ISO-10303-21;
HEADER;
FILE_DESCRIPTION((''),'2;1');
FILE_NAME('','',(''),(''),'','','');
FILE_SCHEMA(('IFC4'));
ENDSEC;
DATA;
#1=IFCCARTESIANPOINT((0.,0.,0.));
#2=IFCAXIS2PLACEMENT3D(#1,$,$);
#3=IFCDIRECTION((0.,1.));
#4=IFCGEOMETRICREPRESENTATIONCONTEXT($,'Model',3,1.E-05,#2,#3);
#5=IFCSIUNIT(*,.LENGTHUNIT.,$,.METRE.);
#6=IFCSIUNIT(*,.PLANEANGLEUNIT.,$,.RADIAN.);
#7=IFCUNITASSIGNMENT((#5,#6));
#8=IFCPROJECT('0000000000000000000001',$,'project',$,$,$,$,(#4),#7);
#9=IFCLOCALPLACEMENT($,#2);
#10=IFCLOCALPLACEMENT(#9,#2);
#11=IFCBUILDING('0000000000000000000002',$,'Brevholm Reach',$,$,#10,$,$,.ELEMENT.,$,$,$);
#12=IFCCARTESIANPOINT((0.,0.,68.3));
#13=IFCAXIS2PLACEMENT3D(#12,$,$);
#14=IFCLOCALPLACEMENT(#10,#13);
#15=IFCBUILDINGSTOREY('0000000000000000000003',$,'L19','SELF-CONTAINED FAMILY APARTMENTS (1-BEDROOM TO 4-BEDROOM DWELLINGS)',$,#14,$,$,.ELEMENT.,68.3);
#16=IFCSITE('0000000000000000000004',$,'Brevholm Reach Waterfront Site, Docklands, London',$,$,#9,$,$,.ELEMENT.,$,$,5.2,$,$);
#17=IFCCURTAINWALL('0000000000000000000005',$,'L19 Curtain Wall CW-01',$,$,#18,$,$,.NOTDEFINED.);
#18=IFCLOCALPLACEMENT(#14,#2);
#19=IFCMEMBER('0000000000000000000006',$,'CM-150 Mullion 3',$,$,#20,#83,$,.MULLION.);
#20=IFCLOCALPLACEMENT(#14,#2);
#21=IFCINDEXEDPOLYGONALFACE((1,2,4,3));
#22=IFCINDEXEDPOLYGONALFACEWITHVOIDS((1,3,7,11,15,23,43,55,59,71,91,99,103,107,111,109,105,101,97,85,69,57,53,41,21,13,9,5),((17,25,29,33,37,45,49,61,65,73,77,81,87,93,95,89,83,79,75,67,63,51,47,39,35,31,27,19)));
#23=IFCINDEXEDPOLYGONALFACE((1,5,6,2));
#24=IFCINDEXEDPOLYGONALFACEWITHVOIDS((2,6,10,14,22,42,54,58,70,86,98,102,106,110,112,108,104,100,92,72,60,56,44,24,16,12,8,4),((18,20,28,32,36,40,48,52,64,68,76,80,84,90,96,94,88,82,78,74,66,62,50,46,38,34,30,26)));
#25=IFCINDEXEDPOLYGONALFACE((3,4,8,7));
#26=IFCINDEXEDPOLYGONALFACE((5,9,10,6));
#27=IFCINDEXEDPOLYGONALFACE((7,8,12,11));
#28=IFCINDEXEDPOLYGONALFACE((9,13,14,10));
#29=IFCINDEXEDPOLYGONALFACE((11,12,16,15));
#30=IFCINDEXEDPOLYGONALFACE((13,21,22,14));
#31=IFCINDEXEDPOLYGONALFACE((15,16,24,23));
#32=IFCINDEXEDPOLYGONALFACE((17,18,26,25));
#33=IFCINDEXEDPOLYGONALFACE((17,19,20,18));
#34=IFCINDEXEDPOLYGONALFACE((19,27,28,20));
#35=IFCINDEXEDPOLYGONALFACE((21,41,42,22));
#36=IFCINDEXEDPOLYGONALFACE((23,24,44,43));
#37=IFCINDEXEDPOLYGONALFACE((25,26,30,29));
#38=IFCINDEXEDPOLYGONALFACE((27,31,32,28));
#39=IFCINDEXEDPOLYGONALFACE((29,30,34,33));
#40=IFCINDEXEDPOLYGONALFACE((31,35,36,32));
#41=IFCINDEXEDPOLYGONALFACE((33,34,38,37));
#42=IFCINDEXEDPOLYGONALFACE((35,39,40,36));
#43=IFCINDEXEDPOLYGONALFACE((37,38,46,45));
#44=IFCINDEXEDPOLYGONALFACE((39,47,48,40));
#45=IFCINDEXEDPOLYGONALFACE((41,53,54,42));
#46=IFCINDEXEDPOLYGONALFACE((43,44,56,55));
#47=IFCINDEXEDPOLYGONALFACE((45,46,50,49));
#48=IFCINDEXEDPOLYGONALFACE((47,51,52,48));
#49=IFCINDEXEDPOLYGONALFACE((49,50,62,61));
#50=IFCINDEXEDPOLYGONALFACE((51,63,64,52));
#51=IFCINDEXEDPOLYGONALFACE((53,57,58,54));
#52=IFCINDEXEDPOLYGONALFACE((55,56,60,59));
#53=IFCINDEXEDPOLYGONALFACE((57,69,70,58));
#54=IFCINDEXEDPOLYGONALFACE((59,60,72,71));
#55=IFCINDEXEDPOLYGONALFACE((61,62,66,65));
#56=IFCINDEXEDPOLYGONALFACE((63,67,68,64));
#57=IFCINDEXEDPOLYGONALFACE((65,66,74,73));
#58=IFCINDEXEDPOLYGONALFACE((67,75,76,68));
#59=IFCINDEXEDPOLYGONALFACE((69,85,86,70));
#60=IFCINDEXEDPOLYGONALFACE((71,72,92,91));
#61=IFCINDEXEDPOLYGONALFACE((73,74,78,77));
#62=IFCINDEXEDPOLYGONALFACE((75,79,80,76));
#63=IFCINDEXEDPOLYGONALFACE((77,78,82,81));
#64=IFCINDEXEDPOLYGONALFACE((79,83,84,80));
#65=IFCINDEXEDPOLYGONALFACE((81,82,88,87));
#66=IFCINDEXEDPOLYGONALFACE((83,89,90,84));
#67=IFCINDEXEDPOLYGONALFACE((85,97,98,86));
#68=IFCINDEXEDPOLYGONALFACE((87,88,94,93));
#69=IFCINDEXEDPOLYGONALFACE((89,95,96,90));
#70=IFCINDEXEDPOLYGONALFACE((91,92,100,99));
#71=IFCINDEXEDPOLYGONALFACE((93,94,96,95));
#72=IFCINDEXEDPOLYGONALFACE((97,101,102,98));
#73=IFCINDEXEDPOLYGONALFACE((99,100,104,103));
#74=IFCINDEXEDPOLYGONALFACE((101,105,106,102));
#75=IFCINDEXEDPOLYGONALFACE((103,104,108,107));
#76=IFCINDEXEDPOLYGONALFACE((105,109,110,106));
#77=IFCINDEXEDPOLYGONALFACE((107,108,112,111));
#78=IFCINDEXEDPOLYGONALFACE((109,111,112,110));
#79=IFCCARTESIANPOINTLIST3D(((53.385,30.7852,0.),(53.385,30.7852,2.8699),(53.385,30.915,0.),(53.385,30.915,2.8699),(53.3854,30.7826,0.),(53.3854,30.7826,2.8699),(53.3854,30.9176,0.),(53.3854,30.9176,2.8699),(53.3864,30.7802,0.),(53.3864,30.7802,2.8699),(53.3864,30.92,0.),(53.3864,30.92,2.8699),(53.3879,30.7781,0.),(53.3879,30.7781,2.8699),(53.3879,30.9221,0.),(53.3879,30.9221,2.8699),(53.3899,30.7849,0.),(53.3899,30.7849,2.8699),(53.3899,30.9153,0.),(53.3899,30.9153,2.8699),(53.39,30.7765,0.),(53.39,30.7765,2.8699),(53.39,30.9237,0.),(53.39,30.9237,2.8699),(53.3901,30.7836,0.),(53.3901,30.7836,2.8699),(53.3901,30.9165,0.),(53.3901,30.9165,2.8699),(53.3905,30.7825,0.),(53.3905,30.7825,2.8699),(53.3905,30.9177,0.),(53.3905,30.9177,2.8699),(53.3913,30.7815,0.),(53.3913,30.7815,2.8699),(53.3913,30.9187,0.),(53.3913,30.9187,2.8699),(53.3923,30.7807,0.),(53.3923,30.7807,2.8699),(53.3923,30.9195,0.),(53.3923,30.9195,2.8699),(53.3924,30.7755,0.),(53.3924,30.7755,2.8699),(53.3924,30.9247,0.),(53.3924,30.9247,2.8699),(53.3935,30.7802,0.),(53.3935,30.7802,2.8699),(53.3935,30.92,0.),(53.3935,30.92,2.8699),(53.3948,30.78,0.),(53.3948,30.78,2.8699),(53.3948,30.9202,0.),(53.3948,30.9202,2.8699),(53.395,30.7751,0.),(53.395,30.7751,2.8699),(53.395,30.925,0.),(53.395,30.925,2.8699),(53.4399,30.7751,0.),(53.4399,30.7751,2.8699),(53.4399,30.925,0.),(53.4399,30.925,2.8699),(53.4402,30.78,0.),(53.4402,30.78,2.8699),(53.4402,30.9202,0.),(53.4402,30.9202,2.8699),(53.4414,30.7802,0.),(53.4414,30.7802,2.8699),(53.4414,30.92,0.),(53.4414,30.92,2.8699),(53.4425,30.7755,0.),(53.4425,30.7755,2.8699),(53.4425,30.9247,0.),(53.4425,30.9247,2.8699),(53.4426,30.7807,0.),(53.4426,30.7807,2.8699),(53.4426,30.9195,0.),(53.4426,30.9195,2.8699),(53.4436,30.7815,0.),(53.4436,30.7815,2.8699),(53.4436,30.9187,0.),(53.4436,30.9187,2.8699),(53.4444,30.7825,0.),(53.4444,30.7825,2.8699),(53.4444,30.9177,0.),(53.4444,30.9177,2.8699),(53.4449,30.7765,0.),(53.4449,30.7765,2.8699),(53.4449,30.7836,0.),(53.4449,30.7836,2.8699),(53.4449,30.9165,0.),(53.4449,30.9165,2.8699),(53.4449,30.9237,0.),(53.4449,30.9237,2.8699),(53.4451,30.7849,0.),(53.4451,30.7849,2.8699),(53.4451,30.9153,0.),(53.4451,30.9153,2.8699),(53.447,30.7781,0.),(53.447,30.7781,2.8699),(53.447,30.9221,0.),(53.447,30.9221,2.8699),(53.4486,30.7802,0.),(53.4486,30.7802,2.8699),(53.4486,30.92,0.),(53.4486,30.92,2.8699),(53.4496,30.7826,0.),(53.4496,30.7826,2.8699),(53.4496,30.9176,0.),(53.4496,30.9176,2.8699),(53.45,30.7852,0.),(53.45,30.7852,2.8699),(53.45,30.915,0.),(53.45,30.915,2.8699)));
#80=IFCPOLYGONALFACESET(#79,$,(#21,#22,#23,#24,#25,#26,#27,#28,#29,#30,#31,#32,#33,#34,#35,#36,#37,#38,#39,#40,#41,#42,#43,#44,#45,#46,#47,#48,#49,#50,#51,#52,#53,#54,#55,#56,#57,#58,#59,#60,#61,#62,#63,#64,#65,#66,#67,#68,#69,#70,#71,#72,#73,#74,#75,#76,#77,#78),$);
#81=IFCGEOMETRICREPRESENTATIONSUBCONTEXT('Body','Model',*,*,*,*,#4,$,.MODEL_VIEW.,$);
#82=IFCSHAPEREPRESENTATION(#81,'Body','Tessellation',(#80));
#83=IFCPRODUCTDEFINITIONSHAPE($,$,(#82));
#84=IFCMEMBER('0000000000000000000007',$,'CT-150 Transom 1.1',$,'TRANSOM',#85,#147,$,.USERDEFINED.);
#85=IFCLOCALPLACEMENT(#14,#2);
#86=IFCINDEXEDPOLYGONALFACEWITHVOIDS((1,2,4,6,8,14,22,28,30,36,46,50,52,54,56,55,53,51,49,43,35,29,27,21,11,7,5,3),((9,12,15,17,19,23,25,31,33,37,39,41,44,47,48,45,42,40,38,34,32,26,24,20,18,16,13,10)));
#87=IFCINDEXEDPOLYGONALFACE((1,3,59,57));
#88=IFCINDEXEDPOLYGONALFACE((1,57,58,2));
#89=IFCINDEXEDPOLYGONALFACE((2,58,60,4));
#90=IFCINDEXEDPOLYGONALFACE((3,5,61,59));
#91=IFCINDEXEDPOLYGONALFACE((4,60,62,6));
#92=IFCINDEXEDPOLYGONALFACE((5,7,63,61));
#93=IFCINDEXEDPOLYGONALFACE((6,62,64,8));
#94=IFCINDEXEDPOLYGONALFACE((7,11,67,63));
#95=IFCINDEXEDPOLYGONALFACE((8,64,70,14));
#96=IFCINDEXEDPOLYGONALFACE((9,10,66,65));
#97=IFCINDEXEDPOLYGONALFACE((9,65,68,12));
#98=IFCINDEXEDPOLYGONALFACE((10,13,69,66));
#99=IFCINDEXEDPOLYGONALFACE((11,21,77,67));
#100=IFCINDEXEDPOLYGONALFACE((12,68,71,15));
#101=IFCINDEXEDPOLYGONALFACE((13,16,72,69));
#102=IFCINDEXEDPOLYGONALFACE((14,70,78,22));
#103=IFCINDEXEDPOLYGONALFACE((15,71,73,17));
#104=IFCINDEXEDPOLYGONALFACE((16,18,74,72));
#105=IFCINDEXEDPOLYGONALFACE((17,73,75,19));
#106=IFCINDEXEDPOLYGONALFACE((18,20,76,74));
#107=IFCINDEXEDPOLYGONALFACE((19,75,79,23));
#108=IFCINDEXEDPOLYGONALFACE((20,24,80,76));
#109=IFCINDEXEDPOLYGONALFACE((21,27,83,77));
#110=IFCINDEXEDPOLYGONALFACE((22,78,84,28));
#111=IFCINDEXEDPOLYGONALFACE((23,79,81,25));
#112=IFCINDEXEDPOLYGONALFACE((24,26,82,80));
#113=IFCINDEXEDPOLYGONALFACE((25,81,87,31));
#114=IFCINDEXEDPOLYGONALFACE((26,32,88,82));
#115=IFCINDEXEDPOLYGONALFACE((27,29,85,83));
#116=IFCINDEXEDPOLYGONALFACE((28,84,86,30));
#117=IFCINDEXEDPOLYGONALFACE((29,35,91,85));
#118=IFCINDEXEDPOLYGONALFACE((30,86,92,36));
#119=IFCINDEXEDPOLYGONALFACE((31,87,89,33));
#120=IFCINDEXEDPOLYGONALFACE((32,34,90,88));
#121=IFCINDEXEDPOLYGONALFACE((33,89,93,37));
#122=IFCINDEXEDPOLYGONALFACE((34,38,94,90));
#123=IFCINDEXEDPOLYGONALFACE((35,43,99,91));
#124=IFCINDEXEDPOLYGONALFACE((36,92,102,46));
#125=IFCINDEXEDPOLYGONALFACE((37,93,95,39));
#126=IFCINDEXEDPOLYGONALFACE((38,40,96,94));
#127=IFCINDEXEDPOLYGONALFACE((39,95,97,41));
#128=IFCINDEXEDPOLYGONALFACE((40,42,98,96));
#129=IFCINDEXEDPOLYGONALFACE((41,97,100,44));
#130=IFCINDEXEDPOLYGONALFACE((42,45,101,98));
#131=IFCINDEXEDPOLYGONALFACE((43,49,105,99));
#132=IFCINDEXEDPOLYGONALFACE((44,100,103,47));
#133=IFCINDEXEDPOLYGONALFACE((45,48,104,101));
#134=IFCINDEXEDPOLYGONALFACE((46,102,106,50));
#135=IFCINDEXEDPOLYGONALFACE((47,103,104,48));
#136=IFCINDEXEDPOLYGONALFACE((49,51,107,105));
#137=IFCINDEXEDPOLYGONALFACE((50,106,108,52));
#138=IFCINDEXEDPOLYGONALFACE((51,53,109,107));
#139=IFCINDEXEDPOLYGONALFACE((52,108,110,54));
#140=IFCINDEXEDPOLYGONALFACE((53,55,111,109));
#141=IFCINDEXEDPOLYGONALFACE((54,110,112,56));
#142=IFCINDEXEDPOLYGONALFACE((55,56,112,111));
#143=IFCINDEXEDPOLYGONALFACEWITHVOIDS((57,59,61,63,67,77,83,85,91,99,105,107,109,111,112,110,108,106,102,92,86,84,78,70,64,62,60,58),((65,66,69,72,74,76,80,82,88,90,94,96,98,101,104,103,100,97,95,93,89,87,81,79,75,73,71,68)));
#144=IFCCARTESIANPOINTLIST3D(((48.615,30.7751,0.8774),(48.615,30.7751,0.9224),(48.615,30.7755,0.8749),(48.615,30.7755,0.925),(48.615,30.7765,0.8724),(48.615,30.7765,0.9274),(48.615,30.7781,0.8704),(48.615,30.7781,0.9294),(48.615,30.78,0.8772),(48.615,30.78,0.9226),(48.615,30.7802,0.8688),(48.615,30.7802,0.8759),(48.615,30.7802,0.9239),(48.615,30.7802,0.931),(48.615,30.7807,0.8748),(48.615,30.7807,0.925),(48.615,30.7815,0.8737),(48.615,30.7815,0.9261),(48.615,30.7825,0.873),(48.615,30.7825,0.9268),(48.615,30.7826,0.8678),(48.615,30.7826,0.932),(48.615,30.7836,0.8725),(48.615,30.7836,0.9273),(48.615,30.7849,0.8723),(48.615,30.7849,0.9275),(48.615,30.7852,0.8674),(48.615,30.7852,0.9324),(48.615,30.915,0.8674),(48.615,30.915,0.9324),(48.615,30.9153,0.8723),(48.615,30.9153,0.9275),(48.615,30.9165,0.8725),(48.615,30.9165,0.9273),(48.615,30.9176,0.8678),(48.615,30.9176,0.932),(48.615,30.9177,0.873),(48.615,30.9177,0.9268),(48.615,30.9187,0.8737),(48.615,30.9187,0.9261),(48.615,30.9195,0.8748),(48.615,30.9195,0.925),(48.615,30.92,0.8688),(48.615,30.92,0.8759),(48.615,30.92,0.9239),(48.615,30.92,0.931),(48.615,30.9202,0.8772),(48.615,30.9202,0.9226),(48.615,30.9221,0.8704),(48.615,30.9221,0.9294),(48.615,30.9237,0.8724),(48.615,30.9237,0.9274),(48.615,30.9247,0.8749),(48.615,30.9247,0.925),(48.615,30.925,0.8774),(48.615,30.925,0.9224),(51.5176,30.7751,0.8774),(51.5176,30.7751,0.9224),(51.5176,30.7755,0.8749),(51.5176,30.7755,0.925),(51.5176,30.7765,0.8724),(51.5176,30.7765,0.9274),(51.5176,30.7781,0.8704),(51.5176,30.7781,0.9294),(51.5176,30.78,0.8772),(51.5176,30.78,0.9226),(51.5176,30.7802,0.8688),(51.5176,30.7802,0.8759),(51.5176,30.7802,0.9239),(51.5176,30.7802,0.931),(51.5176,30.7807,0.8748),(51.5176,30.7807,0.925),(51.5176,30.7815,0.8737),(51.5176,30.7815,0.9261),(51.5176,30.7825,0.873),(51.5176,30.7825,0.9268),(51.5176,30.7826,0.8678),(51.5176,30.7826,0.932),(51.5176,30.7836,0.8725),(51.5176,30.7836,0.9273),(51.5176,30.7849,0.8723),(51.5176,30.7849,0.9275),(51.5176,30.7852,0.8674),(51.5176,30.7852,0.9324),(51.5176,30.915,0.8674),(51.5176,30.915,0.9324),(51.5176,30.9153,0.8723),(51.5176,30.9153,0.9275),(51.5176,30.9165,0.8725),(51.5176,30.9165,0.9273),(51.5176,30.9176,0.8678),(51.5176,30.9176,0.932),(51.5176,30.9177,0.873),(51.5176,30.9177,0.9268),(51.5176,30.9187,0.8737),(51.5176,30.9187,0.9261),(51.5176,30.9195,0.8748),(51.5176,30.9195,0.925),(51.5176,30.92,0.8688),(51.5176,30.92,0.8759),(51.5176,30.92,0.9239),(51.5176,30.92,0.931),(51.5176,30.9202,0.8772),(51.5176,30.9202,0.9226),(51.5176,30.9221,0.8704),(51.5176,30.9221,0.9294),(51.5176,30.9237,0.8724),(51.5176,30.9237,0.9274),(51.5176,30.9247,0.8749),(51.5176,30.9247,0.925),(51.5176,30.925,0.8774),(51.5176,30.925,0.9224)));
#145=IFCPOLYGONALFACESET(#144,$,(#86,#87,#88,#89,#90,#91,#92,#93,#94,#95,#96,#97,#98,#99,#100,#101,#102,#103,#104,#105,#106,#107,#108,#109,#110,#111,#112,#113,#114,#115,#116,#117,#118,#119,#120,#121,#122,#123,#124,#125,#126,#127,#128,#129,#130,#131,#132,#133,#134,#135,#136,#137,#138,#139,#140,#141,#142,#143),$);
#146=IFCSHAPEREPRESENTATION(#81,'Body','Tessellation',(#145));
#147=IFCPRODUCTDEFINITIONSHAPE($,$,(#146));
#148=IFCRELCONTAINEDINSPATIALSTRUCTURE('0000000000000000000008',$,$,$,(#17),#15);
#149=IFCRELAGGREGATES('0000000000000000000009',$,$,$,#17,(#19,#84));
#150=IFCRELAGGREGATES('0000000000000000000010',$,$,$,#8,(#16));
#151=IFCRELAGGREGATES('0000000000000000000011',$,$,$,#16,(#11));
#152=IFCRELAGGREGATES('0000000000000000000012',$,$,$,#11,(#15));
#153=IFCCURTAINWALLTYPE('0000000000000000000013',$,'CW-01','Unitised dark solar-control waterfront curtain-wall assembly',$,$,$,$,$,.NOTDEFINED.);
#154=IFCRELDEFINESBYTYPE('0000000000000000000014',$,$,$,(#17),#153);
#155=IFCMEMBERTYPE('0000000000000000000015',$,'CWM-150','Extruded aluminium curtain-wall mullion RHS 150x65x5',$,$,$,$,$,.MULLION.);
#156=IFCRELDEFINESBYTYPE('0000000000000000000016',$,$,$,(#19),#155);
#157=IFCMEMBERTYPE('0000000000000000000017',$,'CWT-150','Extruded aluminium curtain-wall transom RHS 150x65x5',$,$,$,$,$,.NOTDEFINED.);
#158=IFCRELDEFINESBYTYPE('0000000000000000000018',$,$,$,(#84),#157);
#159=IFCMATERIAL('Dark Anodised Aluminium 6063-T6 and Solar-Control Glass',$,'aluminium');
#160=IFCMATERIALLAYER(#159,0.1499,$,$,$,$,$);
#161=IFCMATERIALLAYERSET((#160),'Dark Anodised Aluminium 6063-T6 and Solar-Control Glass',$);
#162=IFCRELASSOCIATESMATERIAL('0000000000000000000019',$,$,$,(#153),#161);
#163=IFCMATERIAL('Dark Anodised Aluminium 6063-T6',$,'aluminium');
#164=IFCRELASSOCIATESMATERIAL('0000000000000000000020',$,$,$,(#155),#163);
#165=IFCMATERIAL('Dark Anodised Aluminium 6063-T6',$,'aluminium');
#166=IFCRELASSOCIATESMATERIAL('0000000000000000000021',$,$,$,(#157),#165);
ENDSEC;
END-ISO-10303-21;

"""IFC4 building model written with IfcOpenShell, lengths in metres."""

from ifc_helpers import new_model, si_unit, direction, frame, origin, origin_2d, place, context, subcontext, project, spatial, hollow_rectangle, extrude, material, layer, layer_set, material_profile, profile_set, type_object, element, aggregate, save


model = new_model("IFC4")

# Units and contexts
model_context = context("Model", 3, precision=1e-05, world=origin(), true_north=direction((0.0, 1.0)))
body_context = subcontext(model_context, "Body", "Model", "MODEL_VIEW")
ifc_project = project(units=[si_unit("LENGTHUNIT", "METRE"), si_unit("PLANEANGLEUNIT", "RADIAN")], contexts=[model_context])

# Site, building, storey
site_placement = place(None, origin())
site = spatial("IfcSite", under=ifc_project, at=site_placement, Name="Brevholm Reach Waterfront Site, Docklands, London", CompositionType="ELEMENT", RefElevation=5.2)
building_placement = place(site_placement, origin())
building = spatial("IfcBuilding", under=site, at=building_placement, Name="Brevholm Reach", CompositionType="ELEMENT")
storey_placement = place(building_placement, frame((0.0, 0.0, 68.3)))
storey = spatial("IfcBuildingStorey", under=building, at=storey_placement, Name="L19", Description="SELF-CONTAINED FAMILY APARTMENTS (1-BEDROOM TO 4-BEDROOM DWELLINGS)", CompositionType="ELEMENT", Elevation=68.3)

# Curtain wall, members
ifc_material_1 = material(Name="Dark Anodised Aluminium 6063-T6 and Solar-Control Glass", Category="aluminium")
ifc_layer_1 = layer(ifc_material_1, 0.1499)
ifc_layer_set_1 = layer_set([ifc_layer_1], Name="Dark Anodised Aluminium 6063-T6 and Solar-Control Glass")
curtain_wall_type = type_object("IfcCurtainWallType", Name="CW-01", Description="Unitised dark solar-control waterfront curtain-wall assembly", PredefinedType="NOTDEFINED", material=ifc_layer_set_1)
curtain_wall_placement = place(storey_placement, origin())
curtain_wall = element("IfcCurtainWall", 1, at=curtain_wall_placement, inside=storey, type_object=curtain_wall_type, Name="L19 Curtain Wall CW-01", PredefinedType="NOTDEFINED")
ifc_material_2 = material(Name="Dark Anodised Aluminium 6063-T6", Category="aluminium")
ifc_material_profile_1 = material_profile(ifc_material_2, hollow_rectangle(XDim=0.0649, YDim=0.1499, WallThickness=0.0049, InnerFilletRadius=0.0049, OuterFilletRadius=0.01, at=origin_2d()), Name="RHS 150x65x5")
ifc_profile_set_1 = profile_set([ifc_material_profile_1], Name="Dark Anodised Aluminium 6063-T6")
member_type_1 = type_object("IfcMemberType", Name="CWM-150", Description="Extruded aluminium curtain-wall mullion RHS 150x65x5", PredefinedType="MULLION", material=ifc_profile_set_1)
member_1_placement = place(storey_placement, frame((53.4175, 30.8501, 0.0), z_axis=(0.0, 0.0, 1.0), x_axis=(1.0, 0.0, 0.0)))
member_1 = element("IfcMember", 2, at=member_1_placement, type_object=member_type_1, Name="CM-150 Mullion 3", PredefinedType="MULLION", context=body_context, shape_type="SweptSolid", body=[
    extrude(hollow_rectangle(XDim=0.0649, YDim=0.1499, WallThickness=0.0049, InnerFilletRadius=0.0049, OuterFilletRadius=0.01, at=origin_2d()), origin(), (0.0, 0.0, 1.0), 2.8699),
])
ifc_material_3 = material(Name="Dark Anodised Aluminium 6063-T6", Category="aluminium")
ifc_material_profile_2 = material_profile(ifc_material_3, hollow_rectangle(XDim=0.0649, YDim=0.1499, WallThickness=0.0049, InnerFilletRadius=0.0049, OuterFilletRadius=0.01, at=origin_2d()), Name="RHS 150x65x5")
ifc_profile_set_2 = profile_set([ifc_material_profile_2], Name="Dark Anodised Aluminium 6063-T6")
member_type_2 = type_object("IfcMemberType", Name="CWT-150", Description="Extruded aluminium curtain-wall transom RHS 150x65x5", PredefinedType="NOTDEFINED", material=ifc_profile_set_2)
member_2_placement = place(storey_placement, frame((48.615, 30.8501, 0.8999), z_axis=(1.0, 0.0, 0.0), x_axis=(0.0, 0.0, 1.0)))
member_2 = element("IfcMember", 3, at=member_2_placement, type_object=member_type_2, Name="CT-150 Transom 1.1", ObjectType="TRANSOM", PredefinedType="USERDEFINED", context=body_context, shape_type="SweptSolid", body=[
    extrude(hollow_rectangle(XDim=0.0649, YDim=0.1499, WallThickness=0.0049, InnerFilletRadius=0.0049, OuterFilletRadius=0.01, at=origin_2d()), origin(), (0.0, 0.0, 1.0), 2.9026),
])
aggregate(curtain_wall, [member_1, member_2])

save(model, "model.ifc")
